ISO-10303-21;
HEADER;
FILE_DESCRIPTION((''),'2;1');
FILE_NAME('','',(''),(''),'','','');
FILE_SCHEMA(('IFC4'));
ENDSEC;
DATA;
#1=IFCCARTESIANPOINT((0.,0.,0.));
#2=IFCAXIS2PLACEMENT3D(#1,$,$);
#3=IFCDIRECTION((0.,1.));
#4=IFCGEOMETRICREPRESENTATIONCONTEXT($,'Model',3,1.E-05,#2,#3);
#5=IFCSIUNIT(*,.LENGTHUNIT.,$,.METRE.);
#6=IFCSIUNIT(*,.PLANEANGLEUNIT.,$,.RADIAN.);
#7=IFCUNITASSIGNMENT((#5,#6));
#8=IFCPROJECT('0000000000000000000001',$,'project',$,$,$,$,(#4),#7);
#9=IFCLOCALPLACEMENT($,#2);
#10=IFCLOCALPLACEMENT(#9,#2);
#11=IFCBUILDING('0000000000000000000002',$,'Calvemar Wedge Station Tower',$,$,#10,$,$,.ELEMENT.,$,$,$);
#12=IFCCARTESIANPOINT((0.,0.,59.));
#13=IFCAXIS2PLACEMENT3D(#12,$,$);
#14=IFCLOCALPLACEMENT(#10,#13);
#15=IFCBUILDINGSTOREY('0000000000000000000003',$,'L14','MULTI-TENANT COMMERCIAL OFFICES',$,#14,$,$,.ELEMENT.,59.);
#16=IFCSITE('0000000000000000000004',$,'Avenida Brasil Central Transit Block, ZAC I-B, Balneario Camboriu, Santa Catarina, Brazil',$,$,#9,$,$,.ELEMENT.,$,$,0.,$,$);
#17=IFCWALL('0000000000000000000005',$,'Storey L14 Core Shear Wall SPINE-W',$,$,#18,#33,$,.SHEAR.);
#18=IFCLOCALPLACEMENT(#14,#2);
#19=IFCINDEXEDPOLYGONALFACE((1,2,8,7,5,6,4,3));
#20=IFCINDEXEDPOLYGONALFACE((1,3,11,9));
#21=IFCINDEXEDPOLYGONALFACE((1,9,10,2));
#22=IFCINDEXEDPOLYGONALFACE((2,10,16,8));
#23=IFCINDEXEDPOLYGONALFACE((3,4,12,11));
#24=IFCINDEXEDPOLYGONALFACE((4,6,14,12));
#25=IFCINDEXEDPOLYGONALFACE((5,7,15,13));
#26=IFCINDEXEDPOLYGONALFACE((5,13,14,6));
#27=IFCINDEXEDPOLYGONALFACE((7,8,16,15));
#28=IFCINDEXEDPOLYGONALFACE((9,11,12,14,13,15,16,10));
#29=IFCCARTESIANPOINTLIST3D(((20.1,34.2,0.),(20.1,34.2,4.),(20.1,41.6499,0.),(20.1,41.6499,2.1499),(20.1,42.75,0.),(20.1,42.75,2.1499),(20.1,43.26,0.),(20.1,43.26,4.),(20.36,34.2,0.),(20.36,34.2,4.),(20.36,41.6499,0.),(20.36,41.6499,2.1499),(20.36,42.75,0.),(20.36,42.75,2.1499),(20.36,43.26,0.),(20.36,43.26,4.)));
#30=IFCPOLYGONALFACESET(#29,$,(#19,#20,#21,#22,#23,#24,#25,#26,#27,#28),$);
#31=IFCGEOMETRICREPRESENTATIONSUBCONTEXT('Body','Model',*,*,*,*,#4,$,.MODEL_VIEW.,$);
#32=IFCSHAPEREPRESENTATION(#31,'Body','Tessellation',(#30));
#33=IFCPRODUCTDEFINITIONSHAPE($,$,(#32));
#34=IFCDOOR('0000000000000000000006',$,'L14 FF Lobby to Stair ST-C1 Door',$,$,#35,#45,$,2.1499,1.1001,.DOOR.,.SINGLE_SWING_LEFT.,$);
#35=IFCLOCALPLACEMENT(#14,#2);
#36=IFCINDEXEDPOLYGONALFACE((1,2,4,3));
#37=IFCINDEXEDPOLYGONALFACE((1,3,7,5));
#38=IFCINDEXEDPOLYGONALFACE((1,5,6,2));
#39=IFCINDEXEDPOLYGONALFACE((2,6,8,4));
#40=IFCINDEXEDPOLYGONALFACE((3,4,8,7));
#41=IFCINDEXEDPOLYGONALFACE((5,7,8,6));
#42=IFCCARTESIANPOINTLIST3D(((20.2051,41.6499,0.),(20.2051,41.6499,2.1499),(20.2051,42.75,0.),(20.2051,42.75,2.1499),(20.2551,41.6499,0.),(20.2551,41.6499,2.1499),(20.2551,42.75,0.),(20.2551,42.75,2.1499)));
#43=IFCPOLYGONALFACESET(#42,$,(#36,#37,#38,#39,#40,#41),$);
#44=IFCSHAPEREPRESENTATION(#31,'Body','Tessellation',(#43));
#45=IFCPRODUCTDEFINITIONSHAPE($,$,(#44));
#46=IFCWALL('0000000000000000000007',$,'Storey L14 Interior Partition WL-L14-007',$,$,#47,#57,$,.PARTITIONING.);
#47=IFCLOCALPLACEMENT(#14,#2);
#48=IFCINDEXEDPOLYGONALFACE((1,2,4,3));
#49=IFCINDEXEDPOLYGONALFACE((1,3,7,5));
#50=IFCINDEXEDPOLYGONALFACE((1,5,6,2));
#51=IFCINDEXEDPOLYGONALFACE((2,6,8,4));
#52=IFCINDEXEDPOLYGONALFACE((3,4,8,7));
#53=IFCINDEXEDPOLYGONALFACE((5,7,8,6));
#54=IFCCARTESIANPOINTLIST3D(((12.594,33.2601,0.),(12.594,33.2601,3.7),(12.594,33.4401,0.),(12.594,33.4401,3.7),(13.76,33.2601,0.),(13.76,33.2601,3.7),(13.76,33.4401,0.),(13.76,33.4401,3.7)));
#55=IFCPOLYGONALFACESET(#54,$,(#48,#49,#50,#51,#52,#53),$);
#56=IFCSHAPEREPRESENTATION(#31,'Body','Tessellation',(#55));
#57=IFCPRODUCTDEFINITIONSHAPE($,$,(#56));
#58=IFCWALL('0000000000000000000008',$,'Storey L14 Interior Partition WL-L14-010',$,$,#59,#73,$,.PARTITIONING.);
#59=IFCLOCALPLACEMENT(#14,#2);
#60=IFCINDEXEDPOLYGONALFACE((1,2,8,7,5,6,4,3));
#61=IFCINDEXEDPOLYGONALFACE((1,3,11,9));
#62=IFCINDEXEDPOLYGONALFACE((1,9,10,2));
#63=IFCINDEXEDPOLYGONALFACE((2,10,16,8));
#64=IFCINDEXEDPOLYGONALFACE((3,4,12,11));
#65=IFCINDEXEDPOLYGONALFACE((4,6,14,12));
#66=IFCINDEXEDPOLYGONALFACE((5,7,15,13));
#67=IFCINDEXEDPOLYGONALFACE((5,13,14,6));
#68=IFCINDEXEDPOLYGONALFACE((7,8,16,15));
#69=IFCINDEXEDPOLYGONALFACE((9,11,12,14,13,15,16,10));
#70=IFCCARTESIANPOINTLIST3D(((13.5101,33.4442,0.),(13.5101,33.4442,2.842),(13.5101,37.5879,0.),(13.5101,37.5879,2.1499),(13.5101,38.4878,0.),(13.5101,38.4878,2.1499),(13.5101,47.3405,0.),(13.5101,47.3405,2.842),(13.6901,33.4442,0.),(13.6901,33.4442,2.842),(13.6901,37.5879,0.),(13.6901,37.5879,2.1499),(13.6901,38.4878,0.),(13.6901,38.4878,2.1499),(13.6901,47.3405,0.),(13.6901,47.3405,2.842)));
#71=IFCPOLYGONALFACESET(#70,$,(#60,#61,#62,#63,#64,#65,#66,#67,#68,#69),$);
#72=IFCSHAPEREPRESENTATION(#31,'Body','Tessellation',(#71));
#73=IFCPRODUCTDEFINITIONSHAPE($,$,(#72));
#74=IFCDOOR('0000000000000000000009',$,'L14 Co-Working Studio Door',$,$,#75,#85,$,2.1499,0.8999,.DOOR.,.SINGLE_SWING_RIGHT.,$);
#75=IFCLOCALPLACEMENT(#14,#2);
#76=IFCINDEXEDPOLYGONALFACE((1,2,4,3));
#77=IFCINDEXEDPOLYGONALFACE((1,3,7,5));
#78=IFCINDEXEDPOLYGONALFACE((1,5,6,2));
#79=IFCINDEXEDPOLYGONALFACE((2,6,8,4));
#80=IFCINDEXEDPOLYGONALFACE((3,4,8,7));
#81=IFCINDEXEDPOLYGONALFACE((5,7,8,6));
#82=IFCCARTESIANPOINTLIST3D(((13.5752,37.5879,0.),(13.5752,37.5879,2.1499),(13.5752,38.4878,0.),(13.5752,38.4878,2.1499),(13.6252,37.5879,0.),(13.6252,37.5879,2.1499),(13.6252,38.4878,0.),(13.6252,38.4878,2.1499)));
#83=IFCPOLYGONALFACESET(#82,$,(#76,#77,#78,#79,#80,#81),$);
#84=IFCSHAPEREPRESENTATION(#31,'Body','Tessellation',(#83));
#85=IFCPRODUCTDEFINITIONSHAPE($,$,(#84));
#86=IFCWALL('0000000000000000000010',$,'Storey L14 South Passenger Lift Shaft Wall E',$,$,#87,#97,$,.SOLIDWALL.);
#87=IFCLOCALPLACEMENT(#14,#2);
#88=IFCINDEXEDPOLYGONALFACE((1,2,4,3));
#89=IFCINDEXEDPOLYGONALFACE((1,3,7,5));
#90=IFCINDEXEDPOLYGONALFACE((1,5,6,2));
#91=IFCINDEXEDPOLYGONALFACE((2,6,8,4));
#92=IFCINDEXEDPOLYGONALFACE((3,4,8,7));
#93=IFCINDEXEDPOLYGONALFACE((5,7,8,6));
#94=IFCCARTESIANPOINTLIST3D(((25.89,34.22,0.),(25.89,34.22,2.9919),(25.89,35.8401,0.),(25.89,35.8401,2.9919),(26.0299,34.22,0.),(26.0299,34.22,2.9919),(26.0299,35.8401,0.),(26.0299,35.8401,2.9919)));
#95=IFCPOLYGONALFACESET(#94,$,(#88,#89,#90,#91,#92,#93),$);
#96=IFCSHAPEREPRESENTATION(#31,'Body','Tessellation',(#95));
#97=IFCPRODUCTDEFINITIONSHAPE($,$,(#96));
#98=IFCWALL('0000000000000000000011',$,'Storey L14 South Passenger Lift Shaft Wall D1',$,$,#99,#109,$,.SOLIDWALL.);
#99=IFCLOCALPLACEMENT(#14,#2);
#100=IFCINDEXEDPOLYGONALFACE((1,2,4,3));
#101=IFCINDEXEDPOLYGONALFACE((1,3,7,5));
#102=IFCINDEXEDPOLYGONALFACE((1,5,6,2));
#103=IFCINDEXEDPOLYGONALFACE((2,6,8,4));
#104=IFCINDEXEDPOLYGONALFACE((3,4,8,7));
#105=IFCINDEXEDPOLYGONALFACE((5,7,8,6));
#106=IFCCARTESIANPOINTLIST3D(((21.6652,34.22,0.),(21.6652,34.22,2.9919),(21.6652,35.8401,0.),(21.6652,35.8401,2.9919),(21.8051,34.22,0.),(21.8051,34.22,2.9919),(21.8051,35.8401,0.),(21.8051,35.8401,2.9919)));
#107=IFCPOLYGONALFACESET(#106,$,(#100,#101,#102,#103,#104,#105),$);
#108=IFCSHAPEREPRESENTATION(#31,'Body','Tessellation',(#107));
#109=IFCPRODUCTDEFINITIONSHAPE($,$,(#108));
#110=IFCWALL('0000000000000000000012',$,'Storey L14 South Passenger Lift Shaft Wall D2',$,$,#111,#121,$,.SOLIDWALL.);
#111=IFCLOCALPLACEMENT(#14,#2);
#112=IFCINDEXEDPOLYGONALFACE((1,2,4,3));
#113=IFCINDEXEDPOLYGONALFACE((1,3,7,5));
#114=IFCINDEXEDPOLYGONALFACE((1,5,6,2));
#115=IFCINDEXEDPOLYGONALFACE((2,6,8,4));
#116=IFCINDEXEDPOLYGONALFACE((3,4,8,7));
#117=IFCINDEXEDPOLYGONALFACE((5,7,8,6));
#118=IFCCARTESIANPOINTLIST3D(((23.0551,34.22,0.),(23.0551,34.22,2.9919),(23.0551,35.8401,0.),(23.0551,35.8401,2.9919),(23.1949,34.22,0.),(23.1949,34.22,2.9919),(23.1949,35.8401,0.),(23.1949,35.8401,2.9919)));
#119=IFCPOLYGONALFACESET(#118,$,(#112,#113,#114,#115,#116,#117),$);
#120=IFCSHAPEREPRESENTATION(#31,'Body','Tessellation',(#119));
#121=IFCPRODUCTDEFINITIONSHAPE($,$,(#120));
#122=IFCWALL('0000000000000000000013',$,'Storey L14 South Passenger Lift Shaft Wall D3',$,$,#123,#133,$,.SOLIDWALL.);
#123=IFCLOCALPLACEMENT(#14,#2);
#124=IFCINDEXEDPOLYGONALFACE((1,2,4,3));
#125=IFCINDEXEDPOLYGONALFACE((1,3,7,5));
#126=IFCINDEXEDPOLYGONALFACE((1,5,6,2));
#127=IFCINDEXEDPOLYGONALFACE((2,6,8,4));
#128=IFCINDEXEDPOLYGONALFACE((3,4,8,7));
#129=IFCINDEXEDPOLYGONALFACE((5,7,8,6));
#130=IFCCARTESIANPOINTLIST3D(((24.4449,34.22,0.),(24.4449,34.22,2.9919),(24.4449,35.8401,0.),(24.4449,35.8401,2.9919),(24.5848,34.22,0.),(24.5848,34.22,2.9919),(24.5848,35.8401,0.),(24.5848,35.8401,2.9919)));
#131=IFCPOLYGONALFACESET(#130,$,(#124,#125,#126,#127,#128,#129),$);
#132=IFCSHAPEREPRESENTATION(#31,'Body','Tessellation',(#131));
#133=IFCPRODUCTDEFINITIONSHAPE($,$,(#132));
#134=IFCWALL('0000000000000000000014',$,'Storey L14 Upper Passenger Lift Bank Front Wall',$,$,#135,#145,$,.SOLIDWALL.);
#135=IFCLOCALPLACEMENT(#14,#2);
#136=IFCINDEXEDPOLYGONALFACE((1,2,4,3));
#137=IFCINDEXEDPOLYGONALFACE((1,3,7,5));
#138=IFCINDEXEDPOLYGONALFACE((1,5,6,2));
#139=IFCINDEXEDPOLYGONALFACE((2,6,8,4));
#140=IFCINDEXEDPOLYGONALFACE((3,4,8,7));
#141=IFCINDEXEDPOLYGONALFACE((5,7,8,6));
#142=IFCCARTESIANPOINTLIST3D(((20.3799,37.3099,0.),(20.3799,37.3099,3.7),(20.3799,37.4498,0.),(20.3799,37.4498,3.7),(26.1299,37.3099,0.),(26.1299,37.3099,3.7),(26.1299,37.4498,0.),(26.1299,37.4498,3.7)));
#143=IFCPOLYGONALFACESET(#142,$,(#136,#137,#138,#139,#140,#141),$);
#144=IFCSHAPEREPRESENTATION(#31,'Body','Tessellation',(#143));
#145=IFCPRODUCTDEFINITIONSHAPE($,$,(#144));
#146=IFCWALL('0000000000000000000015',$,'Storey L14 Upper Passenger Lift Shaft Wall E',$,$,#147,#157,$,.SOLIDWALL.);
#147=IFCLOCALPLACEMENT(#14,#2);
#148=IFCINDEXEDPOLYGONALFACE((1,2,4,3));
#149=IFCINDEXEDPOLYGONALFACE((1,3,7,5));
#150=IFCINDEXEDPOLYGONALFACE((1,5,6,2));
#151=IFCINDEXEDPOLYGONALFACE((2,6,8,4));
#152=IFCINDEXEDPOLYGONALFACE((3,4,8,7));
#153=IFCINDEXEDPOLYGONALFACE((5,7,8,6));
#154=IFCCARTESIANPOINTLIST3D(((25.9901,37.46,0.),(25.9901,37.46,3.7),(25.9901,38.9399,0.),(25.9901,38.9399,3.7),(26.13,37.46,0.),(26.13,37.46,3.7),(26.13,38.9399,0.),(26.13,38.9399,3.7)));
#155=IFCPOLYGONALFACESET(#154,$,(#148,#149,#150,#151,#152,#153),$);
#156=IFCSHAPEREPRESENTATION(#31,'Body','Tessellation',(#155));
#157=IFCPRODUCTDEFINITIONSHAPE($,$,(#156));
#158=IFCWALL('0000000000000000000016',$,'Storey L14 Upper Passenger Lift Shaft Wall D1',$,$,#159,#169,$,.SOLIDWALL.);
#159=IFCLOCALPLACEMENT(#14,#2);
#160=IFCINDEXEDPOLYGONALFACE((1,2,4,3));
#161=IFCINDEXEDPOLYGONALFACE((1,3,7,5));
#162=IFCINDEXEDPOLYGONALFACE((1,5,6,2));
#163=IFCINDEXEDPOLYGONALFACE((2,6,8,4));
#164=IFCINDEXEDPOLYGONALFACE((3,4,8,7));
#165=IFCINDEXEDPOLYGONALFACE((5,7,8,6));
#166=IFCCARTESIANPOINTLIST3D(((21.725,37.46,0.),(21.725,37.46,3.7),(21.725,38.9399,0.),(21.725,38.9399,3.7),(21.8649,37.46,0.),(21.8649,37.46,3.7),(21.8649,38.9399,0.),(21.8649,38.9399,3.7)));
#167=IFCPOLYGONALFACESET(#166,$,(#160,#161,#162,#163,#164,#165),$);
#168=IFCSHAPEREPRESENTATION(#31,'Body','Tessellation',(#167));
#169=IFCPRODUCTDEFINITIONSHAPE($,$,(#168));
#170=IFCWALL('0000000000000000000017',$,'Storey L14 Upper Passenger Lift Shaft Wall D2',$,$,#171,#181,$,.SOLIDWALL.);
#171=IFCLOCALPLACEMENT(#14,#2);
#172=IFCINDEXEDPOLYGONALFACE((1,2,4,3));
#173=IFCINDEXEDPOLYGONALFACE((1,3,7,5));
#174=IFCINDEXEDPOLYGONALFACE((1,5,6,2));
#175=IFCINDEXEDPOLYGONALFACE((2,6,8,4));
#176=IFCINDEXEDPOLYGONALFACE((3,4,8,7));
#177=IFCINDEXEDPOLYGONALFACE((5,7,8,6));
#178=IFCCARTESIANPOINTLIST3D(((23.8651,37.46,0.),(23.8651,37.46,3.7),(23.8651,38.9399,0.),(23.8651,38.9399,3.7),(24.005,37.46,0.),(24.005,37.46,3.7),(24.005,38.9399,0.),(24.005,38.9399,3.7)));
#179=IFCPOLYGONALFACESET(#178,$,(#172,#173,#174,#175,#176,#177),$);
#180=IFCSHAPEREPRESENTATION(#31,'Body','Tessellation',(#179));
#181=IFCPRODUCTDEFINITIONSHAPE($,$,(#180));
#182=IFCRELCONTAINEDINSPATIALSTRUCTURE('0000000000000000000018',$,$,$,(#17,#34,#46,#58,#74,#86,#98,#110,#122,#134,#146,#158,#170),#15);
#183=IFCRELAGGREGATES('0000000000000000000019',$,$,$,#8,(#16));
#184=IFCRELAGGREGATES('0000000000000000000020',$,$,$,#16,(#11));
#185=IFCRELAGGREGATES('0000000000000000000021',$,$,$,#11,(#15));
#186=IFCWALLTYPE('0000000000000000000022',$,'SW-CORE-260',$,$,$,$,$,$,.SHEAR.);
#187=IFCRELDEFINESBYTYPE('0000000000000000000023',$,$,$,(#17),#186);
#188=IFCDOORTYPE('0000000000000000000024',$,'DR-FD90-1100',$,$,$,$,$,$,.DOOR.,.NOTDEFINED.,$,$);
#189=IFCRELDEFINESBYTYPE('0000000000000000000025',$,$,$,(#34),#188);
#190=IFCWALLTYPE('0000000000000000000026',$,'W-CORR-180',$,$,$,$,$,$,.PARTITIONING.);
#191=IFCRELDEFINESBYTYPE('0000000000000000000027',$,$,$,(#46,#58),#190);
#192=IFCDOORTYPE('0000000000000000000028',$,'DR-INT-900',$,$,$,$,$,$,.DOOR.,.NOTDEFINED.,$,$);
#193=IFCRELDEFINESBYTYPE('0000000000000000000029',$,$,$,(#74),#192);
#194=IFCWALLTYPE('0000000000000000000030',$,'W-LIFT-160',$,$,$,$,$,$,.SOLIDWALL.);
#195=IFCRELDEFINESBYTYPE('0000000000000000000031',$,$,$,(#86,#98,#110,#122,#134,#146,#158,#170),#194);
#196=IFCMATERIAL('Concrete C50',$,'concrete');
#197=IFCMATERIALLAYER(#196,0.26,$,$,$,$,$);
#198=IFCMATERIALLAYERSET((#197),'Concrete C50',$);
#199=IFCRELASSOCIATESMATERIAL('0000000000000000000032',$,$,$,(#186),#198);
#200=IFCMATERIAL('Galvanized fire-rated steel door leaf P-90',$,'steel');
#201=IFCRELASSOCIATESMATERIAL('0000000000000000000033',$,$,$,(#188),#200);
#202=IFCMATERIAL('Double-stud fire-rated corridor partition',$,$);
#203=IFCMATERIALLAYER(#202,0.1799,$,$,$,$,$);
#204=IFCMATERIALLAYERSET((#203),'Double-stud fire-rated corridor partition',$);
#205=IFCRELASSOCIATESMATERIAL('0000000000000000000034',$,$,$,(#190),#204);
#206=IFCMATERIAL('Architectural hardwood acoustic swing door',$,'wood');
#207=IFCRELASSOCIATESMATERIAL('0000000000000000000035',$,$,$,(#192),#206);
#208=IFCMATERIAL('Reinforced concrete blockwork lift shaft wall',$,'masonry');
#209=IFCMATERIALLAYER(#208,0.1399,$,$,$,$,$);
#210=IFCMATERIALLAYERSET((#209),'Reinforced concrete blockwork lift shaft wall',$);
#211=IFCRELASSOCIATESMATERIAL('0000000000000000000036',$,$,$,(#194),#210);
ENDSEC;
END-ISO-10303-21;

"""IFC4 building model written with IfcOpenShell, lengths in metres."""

from ifc_helpers import new_model, si_unit, direction, frame, frame_2d, origin, place, context, subcontext, project, spatial, rectangle, extrude, source, transform, mapped, material, layer, layer_set, type_object, element, fill, save


model = new_model("IFC4")

# Units and contexts
model_context = context("Model", 3, precision=1e-05, world=origin(), true_north=direction((0.0, 1.0)))
body_context = subcontext(model_context, "Body", "Model", "MODEL_VIEW")
ifc_project = project(units=[si_unit("LENGTHUNIT", "METRE"), si_unit("PLANEANGLEUNIT", "RADIAN")], contexts=[model_context])

# Site, building, storey
site_placement = place(None, origin())
site = spatial("IfcSite", under=ifc_project, at=site_placement, Name="Avenida Brasil Central Transit Block, ZAC I-B, Balneario Camboriu, Santa Catarina, Brazil", CompositionType="ELEMENT", RefElevation=0.0)
building_placement = place(site_placement, origin())
building = spatial("IfcBuilding", under=site, at=building_placement, Name="Calvemar Wedge Station Tower", CompositionType="ELEMENT")
storey_placement = place(building_placement, frame((0.0, 0.0, 59.0)))
storey = spatial("IfcBuildingStorey", under=building, at=storey_placement, Name="L14", Description="MULTI-TENANT COMMERCIAL OFFICES", CompositionType="ELEMENT", Elevation=59.0)

# Wall, opening, door
ifc_material_1 = material(Name="Concrete C50", Category="concrete")
ifc_layer_1 = layer(ifc_material_1, 0.26)
ifc_layer_set_1 = layer_set([ifc_layer_1], Name="Concrete C50")
wall_type_1 = type_object("IfcWallType", Name="SW-CORE-260", PredefinedType="SHEAR", material=ifc_layer_set_1)
wall_1_placement = place(storey_placement, frame((20.23, 34.2, 0.0), z_axis=(0.0, 0.0, 1.0), x_axis=(0.0, 1.0, 0.0)))
wall_1 = element("IfcWall", 1, at=wall_1_placement, inside=storey, type_object=wall_type_1, Name="Storey L14 Core Shear Wall SPINE-W", PredefinedType="SHEAR", context=body_context, shape_type="SweptSolid", body=[
    extrude(rectangle(XDim=9.0601, YDim=0.26, at=frame_2d((4.53, 0.0))), origin(), (0.0, 0.0, 1.0), 4.0),
])
shared_shape_1 = source(origin(), body_context, "Body", "SweptSolid", [
    extrude(rectangle(XDim=1.1001, YDim=2.1499, at=frame_2d((0.55, 1.075))), frame((0.0, 0.1401, 0.0), z_axis=(0.0, -1.0, 0.0), x_axis=(1.0, 0.0, 0.0)), (0.0, 0.0, 1.0), 0.28),
])
opening_1_placement = place(wall_1_placement, frame((7.45, 0.0, 0.0)))
opening_1 = element("IfcOpeningElement", 2, at=opening_1_placement, cuts=wall_1, PredefinedType="OPENING", context=body_context, shape_type="MappedRepresentation", body=[
    mapped(shared_shape_1, transform((0.0, 0.0, 0.0), scale=1.0)),
])
ifc_material_2 = material(Name="Galvanized fire-rated steel door leaf P-90", Category="steel")
door_type_1 = type_object("IfcDoorType", Name="DR-FD90-1100", OperationType="NOTDEFINED", PredefinedType="DOOR", material=ifc_material_2)
shared_shape_2 = source(origin(), body_context, "Body", "SweptSolid", [
    extrude(rectangle(XDim=1.1001, YDim=2.1499, at=frame_2d((0.55, 1.075))), frame((0.0, 0.0249, 0.0), z_axis=(0.0, -1.0, 0.0), x_axis=(1.0, 0.0, 0.0)), (0.0, 0.0, 1.0), 0.05),
])
door_1_placement = place(opening_1_placement, origin())
door_1 = element("IfcDoor", 3, at=door_1_placement, inside=storey, type_object=door_type_1, Name="L14 FF Lobby to Stair ST-C1 Door", OperationType="SINGLE_SWING_LEFT", OverallHeight=2.1499, OverallWidth=1.1001, PredefinedType="DOOR", context=body_context, shape_type="MappedRepresentation", body=[
    mapped(shared_shape_2, transform((0.0, 0.0, 0.0), scale=1.0)),
])
fill(opening_1, door_1)

# Wall
ifc_material_3 = material(Name="Double-stud fire-rated corridor partition")
ifc_layer_2 = layer(ifc_material_3, 0.1799)
ifc_layer_set_2 = layer_set([ifc_layer_2], Name="Double-stud fire-rated corridor partition")
wall_type_2 = type_object("IfcWallType", Name="W-CORR-180", PredefinedType="PARTITIONING", material=ifc_layer_set_2)
wall_2_placement = place(storey_placement, frame((12.594, 33.3501, 0.0), z_axis=(0.0, 0.0, 1.0), x_axis=(1.0, 0.0, 0.0)))
element("IfcWall", 4, at=wall_2_placement, inside=storey, type_object=wall_type_2, Name="Storey L14 Interior Partition WL-L14-007", PredefinedType="PARTITIONING", context=body_context, shape_type="SweptSolid", body=[
    extrude(rectangle(XDim=1.166, YDim=0.1799, at=frame_2d((0.583, 0.0))), origin(), (0.0, 0.0, 1.0), 3.7),
])

# Wall, opening, door
wall_3_placement = place(storey_placement, frame((13.6001, 33.4441, 0.0), z_axis=(0.0, 0.0, 1.0), x_axis=(0.0, 1.0, 0.0)))
wall_3 = element("IfcWall", 5, at=wall_3_placement, inside=storey, type_object=wall_type_2, Name="Storey L14 Interior Partition WL-L14-010", PredefinedType="PARTITIONING", context=body_context, shape_type="SweptSolid", body=[
    extrude(rectangle(XDim=13.8962, YDim=0.1799, at=frame_2d((6.9482, 0.0))), origin(), (0.0, 0.0, 1.0), 2.842),
])
shared_shape_3 = source(origin(), body_context, "Body", "SweptSolid", [
    extrude(rectangle(XDim=0.8999, YDim=2.1499, at=frame_2d((0.45, 1.075))), frame((0.0, 0.1001, 0.0), z_axis=(0.0, -1.0, 0.0), x_axis=(1.0, 0.0, 0.0)), (0.0, 0.0, 1.0), 0.2),
])
opening_2_placement = place(wall_3_placement, frame((4.1438, 0.0, 0.0)))
opening_2 = element("IfcOpeningElement", 6, at=opening_2_placement, cuts=wall_3, PredefinedType="OPENING", context=body_context, shape_type="MappedRepresentation", body=[
    mapped(shared_shape_3, transform((0.0, 0.0, 0.0), scale=1.0)),
])
ifc_material_4 = material(Name="Architectural hardwood acoustic swing door", Category="wood")
door_type_2 = type_object("IfcDoorType", Name="DR-INT-900", OperationType="NOTDEFINED", PredefinedType="DOOR", material=ifc_material_4)
shared_shape_4 = source(origin(), body_context, "Body", "SweptSolid", [
    extrude(rectangle(XDim=0.8999, YDim=2.1499, at=frame_2d((0.45, 1.075))), frame((0.0, 0.0249, 0.0), z_axis=(0.0, -1.0, 0.0), x_axis=(1.0, 0.0, 0.0)), (0.0, 0.0, 1.0), 0.05),
])
door_2_placement = place(opening_2_placement, origin())
door_2 = element("IfcDoor", 7, at=door_2_placement, inside=storey, type_object=door_type_2, Name="L14 Co-Working Studio Door", OperationType="SINGLE_SWING_RIGHT", OverallHeight=2.1499, OverallWidth=0.8999, PredefinedType="DOOR", context=body_context, shape_type="MappedRepresentation", body=[
    mapped(shared_shape_4, transform((0.0, 0.0, 0.0), scale=1.0)),
])
fill(opening_2, door_2)

# Shared definitions
ifc_material_5 = material(Name="Reinforced concrete blockwork lift shaft wall", Category="masonry")
ifc_layer_3 = layer(ifc_material_5, 0.1399)
ifc_layer_set_3 = layer_set([ifc_layer_3], Name="Reinforced concrete blockwork lift shaft wall")
wall_type_3 = type_object("IfcWallType", Name="W-LIFT-160", PredefinedType="SOLIDWALL", material=ifc_layer_set_3)

# Walls
for number, where, z_axis, x_axis, name in (
    (8, (25.96, 34.22, 0.0), (0.0, 0.0, 1.0), (0.0, 1.0, 0.0), "Storey L14 South Passenger Lift Shaft Wall E"),
    (9, (21.7351, 34.22, 0.0), (0.0, 0.0, 1.0), (0.0, 1.0, 0.0), "Storey L14 South Passenger Lift Shaft Wall D1"),
    (10, (23.125, 34.22, 0.0), (0.0, 0.0, 1.0), (0.0, 1.0, 0.0), "Storey L14 South Passenger Lift Shaft Wall D2"),
    (11, (24.5149, 34.22, 0.0), (0.0, 0.0, 1.0), (0.0, 1.0, 0.0), "Storey L14 South Passenger Lift Shaft Wall D3"),
):
    element("IfcWall", number, at=place(storey_placement, frame(where, z_axis=z_axis, x_axis=x_axis)), inside=storey, type_object=wall_type_3, Name=name, PredefinedType="SOLIDWALL", context=body_context, shape_type="SweptSolid", body=[
        extrude(rectangle(XDim=1.6201, YDim=0.1399, at=frame_2d((0.8101, 0.0))), origin(), (0.0, 0.0, 1.0), 2.9919),
    ])
wall_4_placement = place(storey_placement, frame((20.3799, 37.3799, 0.0), z_axis=(0.0, 0.0, 1.0), x_axis=(1.0, 0.0, 0.0)))
element("IfcWall", 12, at=wall_4_placement, inside=storey, type_object=wall_type_3, Name="Storey L14 Upper Passenger Lift Bank Front Wall", PredefinedType="SOLIDWALL", context=body_context, shape_type="SweptSolid", body=[
    extrude(rectangle(XDim=5.75, YDim=0.1399, at=frame_2d((2.875, 0.0))), origin(), (0.0, 0.0, 1.0), 3.7),
])
for number, where, z_axis, x_axis, name in (
    (13, (26.0601, 37.46, 0.0), (0.0, 0.0, 1.0), (0.0, 1.0, 0.0), "Storey L14 Upper Passenger Lift Shaft Wall E"),
    (14, (21.7949, 37.46, 0.0), (0.0, 0.0, 1.0), (0.0, 1.0, 0.0), "Storey L14 Upper Passenger Lift Shaft Wall D1"),
    (15, (23.9351, 37.46, 0.0), (0.0, 0.0, 1.0), (0.0, 1.0, 0.0), "Storey L14 Upper Passenger Lift Shaft Wall D2"),
):
    element("IfcWall", number, at=place(storey_placement, frame(where, z_axis=z_axis, x_axis=x_axis)), inside=storey, type_object=wall_type_3, Name=name, PredefinedType="SOLIDWALL", context=body_context, shape_type="SweptSolid", body=[
        extrude(rectangle(XDim=1.48, YDim=0.1399, at=frame_2d((0.74, 0.0))), origin(), (0.0, 0.0, 1.0), 3.7),
    ])

save(model, "model.ifc")
